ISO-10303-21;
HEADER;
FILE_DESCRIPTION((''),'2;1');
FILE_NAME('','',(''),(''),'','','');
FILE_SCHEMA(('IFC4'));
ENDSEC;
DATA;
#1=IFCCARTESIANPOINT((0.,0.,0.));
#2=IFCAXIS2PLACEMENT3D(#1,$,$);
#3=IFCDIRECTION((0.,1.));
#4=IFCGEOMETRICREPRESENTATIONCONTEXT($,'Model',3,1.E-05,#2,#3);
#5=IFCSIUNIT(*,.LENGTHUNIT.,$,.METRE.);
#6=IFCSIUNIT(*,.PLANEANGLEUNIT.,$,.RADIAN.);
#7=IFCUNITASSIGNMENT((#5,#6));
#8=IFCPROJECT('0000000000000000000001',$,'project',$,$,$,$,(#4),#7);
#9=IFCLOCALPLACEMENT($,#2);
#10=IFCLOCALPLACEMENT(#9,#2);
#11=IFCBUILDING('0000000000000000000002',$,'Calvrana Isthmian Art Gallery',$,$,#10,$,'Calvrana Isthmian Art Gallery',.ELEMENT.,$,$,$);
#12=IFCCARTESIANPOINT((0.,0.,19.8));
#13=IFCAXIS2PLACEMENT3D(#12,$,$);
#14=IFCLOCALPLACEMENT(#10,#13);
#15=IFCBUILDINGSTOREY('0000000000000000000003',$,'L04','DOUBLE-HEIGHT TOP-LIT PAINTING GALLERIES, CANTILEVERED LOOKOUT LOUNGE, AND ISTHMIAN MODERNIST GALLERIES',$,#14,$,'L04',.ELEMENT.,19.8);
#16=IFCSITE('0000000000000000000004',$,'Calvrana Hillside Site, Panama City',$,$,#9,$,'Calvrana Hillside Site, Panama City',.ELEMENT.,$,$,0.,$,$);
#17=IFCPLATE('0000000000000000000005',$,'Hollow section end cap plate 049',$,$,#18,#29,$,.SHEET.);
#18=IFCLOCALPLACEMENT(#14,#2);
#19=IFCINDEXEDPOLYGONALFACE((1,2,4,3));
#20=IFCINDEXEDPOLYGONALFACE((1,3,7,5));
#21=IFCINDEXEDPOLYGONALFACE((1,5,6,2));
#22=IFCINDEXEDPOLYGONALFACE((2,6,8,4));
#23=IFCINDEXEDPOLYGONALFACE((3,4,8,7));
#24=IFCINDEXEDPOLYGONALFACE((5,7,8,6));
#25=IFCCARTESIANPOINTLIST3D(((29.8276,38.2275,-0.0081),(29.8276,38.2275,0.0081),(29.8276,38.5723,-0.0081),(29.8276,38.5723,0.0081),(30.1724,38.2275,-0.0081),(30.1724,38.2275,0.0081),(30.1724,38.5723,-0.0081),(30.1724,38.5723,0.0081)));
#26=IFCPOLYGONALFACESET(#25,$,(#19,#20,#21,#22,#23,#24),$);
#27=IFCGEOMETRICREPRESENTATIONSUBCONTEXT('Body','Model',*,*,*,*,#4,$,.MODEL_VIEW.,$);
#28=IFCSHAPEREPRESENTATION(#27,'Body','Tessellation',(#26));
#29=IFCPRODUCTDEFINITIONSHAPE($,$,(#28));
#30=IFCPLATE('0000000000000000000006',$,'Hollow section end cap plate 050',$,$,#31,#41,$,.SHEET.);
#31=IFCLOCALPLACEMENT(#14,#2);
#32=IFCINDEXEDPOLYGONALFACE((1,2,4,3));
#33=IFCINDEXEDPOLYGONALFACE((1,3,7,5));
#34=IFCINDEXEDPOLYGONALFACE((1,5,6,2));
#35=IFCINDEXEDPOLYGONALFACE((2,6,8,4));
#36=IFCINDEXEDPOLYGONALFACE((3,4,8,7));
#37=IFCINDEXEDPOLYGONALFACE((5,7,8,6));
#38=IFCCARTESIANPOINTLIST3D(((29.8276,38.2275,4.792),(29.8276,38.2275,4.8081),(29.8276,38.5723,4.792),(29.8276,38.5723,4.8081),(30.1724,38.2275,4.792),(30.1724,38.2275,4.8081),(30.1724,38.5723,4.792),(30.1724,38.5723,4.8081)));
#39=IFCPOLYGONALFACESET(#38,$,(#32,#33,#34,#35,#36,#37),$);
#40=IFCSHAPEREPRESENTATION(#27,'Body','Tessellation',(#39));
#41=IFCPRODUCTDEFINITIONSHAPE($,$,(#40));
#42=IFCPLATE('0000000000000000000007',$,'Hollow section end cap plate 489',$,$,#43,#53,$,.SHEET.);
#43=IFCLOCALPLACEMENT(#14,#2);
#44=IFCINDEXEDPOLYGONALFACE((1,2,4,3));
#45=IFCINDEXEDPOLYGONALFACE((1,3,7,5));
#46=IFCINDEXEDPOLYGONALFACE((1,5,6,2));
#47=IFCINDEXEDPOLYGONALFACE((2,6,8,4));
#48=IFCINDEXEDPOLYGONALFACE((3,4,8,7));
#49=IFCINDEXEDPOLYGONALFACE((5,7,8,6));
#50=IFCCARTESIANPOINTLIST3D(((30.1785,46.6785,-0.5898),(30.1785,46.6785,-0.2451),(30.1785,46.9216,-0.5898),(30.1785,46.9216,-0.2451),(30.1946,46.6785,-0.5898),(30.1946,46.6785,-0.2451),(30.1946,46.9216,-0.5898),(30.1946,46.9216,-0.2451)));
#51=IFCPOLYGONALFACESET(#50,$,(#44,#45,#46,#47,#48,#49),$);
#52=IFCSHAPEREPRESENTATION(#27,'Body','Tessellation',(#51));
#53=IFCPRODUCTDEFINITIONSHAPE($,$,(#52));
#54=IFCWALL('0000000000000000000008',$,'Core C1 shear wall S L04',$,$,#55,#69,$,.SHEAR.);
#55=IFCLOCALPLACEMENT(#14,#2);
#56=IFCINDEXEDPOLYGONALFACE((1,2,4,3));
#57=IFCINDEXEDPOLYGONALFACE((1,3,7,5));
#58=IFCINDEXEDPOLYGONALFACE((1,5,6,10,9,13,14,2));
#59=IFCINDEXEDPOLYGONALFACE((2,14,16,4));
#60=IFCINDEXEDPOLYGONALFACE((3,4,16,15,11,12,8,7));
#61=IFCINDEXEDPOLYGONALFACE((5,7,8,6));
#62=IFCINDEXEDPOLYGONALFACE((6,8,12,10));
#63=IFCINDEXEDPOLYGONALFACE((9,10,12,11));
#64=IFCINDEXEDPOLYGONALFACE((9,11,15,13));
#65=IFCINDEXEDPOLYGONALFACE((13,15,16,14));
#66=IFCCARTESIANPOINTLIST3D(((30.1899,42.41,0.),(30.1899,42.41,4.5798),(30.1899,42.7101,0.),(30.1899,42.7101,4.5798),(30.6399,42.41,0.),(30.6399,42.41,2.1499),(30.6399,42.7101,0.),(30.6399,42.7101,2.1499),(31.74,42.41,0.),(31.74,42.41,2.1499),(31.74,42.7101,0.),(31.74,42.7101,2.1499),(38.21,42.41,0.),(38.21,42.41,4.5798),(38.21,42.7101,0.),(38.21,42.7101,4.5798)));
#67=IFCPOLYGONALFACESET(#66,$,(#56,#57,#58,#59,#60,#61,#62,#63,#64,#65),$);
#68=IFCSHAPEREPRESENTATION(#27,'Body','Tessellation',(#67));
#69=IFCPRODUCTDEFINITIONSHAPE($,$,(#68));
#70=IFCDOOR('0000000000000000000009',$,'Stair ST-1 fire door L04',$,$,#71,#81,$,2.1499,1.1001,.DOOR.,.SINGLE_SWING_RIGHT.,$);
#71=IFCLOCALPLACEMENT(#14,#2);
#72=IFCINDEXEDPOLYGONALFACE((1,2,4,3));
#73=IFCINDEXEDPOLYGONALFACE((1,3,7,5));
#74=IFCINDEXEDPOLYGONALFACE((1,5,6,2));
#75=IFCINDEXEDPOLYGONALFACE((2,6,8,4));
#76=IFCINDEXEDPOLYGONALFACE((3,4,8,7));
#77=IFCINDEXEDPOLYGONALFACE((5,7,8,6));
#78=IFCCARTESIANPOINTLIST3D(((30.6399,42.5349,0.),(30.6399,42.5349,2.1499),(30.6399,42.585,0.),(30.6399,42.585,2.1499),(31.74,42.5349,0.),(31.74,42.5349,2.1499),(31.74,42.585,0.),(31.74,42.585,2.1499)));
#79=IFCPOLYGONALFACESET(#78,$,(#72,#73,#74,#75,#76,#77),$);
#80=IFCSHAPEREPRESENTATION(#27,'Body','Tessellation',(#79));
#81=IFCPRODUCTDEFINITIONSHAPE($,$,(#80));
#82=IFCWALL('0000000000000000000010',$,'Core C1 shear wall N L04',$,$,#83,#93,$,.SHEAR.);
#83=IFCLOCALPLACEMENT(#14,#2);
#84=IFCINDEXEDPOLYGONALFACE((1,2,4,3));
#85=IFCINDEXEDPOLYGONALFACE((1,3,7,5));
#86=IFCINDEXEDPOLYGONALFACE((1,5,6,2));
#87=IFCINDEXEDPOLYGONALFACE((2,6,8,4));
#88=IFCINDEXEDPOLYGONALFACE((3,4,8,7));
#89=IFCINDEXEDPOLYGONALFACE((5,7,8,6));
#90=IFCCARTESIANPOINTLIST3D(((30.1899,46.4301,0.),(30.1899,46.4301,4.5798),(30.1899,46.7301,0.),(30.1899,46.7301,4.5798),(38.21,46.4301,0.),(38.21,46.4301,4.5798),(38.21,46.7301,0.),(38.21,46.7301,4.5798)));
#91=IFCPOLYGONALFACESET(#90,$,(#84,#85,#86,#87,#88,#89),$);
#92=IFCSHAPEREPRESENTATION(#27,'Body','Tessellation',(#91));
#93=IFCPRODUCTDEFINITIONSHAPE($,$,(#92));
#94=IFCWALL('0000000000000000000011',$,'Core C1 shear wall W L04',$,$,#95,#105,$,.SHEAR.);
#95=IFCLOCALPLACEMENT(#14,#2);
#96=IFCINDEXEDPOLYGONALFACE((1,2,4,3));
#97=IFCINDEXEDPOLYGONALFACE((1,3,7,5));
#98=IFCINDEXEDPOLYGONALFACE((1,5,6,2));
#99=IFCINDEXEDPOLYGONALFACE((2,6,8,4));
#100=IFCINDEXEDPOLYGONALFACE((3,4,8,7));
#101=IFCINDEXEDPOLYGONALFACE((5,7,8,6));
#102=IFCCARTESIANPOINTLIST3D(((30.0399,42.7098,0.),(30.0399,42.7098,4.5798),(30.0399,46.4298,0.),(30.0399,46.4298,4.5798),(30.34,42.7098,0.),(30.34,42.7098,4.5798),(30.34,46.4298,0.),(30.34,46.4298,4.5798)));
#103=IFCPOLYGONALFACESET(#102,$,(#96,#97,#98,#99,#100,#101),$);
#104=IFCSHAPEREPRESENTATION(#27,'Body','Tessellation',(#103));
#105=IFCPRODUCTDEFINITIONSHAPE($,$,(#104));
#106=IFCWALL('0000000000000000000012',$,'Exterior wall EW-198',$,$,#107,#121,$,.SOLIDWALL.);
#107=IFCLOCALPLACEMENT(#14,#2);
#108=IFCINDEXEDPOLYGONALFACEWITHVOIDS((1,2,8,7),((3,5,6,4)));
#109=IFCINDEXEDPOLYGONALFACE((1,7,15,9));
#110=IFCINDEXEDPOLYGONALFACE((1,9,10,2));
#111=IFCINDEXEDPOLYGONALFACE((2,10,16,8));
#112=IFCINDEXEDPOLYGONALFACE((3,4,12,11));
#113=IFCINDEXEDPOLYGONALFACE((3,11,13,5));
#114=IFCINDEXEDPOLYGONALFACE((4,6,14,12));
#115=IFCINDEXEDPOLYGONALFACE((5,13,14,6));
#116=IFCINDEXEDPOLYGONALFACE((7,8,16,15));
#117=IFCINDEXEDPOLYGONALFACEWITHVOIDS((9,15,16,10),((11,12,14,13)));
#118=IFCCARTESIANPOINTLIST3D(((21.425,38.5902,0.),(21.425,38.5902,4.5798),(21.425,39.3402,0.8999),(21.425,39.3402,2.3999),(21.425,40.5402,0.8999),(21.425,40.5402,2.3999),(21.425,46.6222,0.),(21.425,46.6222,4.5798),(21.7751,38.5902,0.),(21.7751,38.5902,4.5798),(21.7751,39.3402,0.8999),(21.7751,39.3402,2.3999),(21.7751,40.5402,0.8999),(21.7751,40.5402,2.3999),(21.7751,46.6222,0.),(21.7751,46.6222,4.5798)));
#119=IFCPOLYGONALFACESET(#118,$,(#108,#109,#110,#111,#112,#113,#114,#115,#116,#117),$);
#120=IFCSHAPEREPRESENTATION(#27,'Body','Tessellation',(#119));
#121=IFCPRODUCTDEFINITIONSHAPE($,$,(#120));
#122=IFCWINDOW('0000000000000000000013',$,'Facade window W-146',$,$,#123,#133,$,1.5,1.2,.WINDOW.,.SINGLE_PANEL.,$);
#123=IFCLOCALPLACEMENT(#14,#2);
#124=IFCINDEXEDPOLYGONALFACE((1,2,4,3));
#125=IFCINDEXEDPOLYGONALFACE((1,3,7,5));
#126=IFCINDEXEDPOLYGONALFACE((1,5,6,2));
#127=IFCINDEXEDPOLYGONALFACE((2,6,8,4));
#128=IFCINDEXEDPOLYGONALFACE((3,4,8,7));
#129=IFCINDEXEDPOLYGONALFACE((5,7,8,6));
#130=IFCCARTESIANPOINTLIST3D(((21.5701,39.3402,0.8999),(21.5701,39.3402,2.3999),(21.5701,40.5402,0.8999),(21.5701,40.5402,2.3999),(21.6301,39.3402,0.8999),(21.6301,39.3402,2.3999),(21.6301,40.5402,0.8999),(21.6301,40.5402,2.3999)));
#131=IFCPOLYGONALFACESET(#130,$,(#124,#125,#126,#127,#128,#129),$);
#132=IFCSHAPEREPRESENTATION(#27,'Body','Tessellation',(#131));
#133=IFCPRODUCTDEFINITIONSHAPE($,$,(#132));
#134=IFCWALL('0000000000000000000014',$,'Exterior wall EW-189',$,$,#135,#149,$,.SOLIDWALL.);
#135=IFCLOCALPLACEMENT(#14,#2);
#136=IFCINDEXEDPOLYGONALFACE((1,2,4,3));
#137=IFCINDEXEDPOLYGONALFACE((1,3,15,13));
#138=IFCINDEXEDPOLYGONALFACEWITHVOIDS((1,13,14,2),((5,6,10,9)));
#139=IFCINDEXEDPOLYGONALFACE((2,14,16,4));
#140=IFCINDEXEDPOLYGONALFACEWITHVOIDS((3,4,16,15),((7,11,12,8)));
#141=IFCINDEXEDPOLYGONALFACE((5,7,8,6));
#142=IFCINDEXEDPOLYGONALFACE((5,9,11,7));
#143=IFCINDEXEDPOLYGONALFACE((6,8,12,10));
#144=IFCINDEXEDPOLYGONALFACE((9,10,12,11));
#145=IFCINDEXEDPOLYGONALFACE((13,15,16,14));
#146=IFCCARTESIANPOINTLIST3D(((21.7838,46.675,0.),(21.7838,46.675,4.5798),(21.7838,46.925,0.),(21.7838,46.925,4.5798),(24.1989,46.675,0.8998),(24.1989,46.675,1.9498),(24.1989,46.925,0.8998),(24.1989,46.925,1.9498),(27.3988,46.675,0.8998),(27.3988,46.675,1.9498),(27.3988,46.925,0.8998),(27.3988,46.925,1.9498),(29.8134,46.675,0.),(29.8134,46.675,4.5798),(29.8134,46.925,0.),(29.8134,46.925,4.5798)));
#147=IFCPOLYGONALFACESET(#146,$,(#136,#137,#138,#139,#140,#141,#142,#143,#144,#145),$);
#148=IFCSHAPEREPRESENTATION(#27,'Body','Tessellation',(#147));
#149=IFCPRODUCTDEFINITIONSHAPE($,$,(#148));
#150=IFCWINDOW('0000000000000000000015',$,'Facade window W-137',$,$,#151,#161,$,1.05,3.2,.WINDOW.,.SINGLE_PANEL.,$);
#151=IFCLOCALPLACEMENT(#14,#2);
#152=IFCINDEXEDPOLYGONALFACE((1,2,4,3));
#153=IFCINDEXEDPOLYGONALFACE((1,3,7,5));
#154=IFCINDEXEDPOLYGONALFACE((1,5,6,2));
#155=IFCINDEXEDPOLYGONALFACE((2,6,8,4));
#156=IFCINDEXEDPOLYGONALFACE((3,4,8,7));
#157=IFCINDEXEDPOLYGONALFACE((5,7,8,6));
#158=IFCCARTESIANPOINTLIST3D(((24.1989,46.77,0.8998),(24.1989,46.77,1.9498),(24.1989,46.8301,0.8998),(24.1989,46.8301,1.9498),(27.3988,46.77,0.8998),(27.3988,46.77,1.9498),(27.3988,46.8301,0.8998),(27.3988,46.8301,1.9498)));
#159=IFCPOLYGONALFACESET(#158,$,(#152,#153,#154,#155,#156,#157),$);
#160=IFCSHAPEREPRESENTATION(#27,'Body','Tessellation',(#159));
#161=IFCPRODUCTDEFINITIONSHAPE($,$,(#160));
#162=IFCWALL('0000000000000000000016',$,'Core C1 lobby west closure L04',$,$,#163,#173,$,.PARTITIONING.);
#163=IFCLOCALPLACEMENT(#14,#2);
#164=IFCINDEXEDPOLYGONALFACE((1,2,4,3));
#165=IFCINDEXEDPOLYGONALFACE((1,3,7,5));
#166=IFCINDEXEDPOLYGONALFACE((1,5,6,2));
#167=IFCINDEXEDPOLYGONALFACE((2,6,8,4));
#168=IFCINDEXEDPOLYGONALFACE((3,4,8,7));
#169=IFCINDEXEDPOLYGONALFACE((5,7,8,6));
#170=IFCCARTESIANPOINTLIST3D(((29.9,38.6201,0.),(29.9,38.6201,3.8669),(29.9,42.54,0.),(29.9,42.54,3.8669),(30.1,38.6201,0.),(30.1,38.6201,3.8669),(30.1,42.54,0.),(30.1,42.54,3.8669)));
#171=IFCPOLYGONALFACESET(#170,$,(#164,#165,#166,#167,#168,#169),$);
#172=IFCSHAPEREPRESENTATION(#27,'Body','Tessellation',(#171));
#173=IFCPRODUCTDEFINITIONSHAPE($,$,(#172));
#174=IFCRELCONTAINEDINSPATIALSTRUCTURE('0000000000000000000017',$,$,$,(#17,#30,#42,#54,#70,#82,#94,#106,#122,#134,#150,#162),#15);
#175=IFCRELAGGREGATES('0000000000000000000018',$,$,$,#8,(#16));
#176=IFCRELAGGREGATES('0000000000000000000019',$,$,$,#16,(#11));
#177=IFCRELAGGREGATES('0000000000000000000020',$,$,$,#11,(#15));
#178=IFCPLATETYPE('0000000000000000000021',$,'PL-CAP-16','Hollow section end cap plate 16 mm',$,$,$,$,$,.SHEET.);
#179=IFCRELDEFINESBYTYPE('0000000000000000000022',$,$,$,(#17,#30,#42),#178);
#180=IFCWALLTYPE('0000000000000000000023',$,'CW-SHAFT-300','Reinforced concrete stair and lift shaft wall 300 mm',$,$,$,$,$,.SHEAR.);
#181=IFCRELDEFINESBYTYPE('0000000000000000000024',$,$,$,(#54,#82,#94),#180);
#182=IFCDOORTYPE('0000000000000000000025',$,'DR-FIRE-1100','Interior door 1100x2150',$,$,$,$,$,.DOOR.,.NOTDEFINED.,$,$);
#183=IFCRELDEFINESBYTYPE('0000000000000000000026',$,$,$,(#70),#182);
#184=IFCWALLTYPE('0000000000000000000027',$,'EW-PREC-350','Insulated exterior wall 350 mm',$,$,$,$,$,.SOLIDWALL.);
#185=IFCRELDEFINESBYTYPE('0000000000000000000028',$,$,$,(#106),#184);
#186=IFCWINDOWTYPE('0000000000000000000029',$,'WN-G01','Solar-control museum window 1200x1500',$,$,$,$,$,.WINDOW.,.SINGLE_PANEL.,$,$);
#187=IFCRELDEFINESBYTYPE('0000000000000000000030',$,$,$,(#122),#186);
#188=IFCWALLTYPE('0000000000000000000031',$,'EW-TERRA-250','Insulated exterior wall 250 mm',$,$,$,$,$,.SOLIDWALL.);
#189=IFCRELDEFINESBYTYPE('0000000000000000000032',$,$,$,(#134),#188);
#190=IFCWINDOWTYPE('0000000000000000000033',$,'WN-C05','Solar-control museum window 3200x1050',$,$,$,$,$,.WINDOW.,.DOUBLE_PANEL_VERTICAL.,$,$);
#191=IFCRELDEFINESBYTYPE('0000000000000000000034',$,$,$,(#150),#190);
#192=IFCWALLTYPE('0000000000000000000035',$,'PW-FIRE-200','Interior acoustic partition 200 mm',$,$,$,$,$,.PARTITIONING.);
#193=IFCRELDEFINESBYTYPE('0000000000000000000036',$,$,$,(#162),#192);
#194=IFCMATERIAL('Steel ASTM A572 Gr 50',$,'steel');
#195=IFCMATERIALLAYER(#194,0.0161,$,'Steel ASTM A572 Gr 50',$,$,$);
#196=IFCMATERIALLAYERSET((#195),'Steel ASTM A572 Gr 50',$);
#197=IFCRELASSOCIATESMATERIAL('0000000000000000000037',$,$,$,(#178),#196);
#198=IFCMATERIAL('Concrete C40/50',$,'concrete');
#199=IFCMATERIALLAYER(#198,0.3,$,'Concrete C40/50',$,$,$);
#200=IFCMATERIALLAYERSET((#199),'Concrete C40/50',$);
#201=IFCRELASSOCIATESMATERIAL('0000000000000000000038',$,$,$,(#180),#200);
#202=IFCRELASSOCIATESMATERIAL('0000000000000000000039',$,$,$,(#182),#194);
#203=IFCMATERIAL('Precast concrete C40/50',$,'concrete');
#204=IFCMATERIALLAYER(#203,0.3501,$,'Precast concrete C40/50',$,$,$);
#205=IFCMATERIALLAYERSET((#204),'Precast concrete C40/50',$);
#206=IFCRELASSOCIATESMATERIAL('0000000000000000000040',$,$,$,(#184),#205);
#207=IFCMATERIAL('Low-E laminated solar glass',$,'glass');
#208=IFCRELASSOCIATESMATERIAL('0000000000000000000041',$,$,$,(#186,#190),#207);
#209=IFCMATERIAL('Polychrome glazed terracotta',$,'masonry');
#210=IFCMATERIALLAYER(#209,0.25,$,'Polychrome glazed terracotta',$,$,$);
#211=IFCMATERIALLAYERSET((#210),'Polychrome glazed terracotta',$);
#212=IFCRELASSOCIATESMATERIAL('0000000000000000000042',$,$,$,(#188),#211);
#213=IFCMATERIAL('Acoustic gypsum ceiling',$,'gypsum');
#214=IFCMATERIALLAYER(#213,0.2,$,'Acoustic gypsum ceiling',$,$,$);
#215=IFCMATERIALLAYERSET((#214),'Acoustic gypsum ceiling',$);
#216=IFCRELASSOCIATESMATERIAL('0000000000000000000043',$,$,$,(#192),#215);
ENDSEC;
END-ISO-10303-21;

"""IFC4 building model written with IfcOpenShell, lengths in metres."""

from ifc_helpers import new_model, si_unit, direction, frame, frame_2d, origin, origin_2d, place, context, subcontext, project, spatial, rectangle, extrude, material, layer, layer_set, type_object, element, fill, save


model = new_model("IFC4")

# Units and contexts
model_context = context("Model", 3, precision=1e-05, world=origin(), true_north=direction((0.0, 1.0)))
body_context = subcontext(model_context, "Body", "Model", "MODEL_VIEW")
ifc_project = project(units=[si_unit("LENGTHUNIT", "METRE"), si_unit("PLANEANGLEUNIT", "RADIAN")], contexts=[model_context])

# Site, building, storey
site_placement = place(None, origin())
site = spatial("IfcSite", under=ifc_project, at=site_placement, Name="Calvrana Hillside Site, Panama City", LongName="Calvrana Hillside Site, Panama City", CompositionType="ELEMENT", RefElevation=0.0)
building_placement = place(site_placement, origin())
building = spatial("IfcBuilding", under=site, at=building_placement, Name="Calvrana Isthmian Art Gallery", LongName="Calvrana Isthmian Art Gallery", CompositionType="ELEMENT")
storey_placement = place(building_placement, frame((0.0, 0.0, 19.8)))
storey = spatial("IfcBuildingStorey", under=building, at=storey_placement, Name="L04", Description="DOUBLE-HEIGHT TOP-LIT PAINTING GALLERIES, CANTILEVERED LOOKOUT LOUNGE, AND ISTHMIAN MODERNIST GALLERIES", LongName="L04", CompositionType="ELEMENT", Elevation=19.8)

# Plates
ifc_material_1 = material(Name="Steel ASTM A572 Gr 50", Category="steel")
ifc_layer_1 = layer(ifc_material_1, 0.0161, Name="Steel ASTM A572 Gr 50")
ifc_layer_set_1 = layer_set([ifc_layer_1], Name="Steel ASTM A572 Gr 50")
plate_type = type_object("IfcPlateType", Name="PL-CAP-16", Description="Hollow section end cap plate 16 mm", PredefinedType="SHEET", material=ifc_layer_set_1)
for number, where, z_axis, x_axis, name in (
    (1, (30.0, 38.3999, -0.0081), (0.0, 0.0, 1.0), (1.0, 0.0, 0.0), "Hollow section end cap plate 049"),
    (2, (30.0, 38.3999, 4.792), (0.0, 0.0, 1.0), (1.0, 0.0, 0.0), "Hollow section end cap plate 050"),
):
    element("IfcPlate", number, at=place(storey_placement, frame(where, z_axis=z_axis, x_axis=x_axis)), inside=storey, type_object=plate_type, Name=name, PredefinedType="SHEET", context=body_context, shape_type="SweptSolid", body=[
        extrude(rectangle(XDim=0.3447, YDim=0.3447, at=origin_2d()), origin(), (0.0, 0.0, 1.0), 0.0161),
    ])
plate_placement = place(storey_placement, frame((30.1865, 46.8, -0.5898), z_axis=(0.0, 0.0, 1.0), x_axis=(1.0, 0.0, 0.0)))
element("IfcPlate", 3, at=plate_placement, inside=storey, type_object=plate_type, Name="Hollow section end cap plate 489", PredefinedType="SHEET", context=body_context, shape_type="SweptSolid", body=[
    extrude(rectangle(XDim=0.0161, YDim=0.2432, at=origin_2d()), origin(), (0.0, 0.0, 1.0), 0.3447),
])

# Wall, opening, door
ifc_material_2 = material(Name="Concrete C40/50", Category="concrete")
ifc_layer_2 = layer(ifc_material_2, 0.3, Name="Concrete C40/50")
ifc_layer_set_2 = layer_set([ifc_layer_2], Name="Concrete C40/50")
wall_type_1 = type_object("IfcWallType", Name="CW-SHAFT-300", Description="Reinforced concrete stair and lift shaft wall 300 mm", PredefinedType="SHEAR", material=ifc_layer_set_2)
wall_1_placement = place(storey_placement, frame((30.1899, 42.5601, 0.0), z_axis=(0.0, 0.0, 1.0), x_axis=(1.0, 0.0, 0.0)))
wall_1 = element("IfcWall", 4, at=wall_1_placement, inside=storey, type_object=wall_type_1, Name="Core C1 shear wall S L04", PredefinedType="SHEAR", context=body_context, shape_type="SweptSolid", body=[
    extrude(rectangle(XDim=8.02, YDim=0.3, at=frame_2d((4.01, 0.0))), origin(), (0.0, 0.0, 1.0), 4.5798),
])
opening_1_placement = place(wall_1_placement, frame((0.45, 0.0, 0.0)))
opening_1 = element("IfcOpeningElement", 5, at=opening_1_placement, cuts=wall_1, PredefinedType="OPENING", context=body_context, shape_type="SweptSolid", body=[
    extrude(rectangle(XDim=1.1001, YDim=2.1499, at=frame_2d((0.55, 1.075))), frame((0.0, 0.1602, 0.0), z_axis=(0.0, -1.0, 0.0), x_axis=(1.0, 0.0, 0.0)), (0.0, 0.0, 1.0), 0.3206),
])
door_type_1 = type_object("IfcDoorType", Name="DR-FIRE-1100", Description="Interior door 1100x2150", OperationType="NOTDEFINED", PredefinedType="DOOR", material=ifc_material_1)
door_1_placement = place(opening_1_placement, origin())
door_1 = element("IfcDoor", 6, at=door_1_placement, inside=storey, type_object=door_type_1, Name="Stair ST-1 fire door L04", OperationType="SINGLE_SWING_RIGHT", OverallHeight=2.1499, OverallWidth=1.1001, PredefinedType="DOOR", context=body_context, shape_type="SweptSolid", body=[
    extrude(rectangle(XDim=1.1001, YDim=2.1499, at=frame_2d((0.55, 1.075))), frame((0.0, 0.0249, 0.0), z_axis=(0.0, -1.0, 0.0), x_axis=(1.0, 0.0, 0.0)), (0.0, 0.0, 1.0), 0.05),
])
fill(opening_1, door_1)

# Walls
wall_2_placement = place(storey_placement, frame((30.1899, 46.5801, 0.0), z_axis=(0.0, 0.0, 1.0), x_axis=(1.0, 0.0, 0.0)))
element("IfcWall", 7, at=wall_2_placement, inside=storey, type_object=wall_type_1, Name="Core C1 shear wall N L04", PredefinedType="SHEAR", context=body_context, shape_type="SweptSolid", body=[
    extrude(rectangle(XDim=8.02, YDim=0.3, at=frame_2d((4.01, 0.0))), origin(), (0.0, 0.0, 1.0), 4.5798),
])
wall_3_placement = place(storey_placement, frame((30.1899, 42.71, 0.0), z_axis=(0.0, 0.0, 1.0), x_axis=(0.0, 1.0, 0.0)))
element("IfcWall", 8, at=wall_3_placement, inside=storey, type_object=wall_type_1, Name="Core C1 shear wall W L04", PredefinedType="SHEAR", context=body_context, shape_type="SweptSolid", body=[
    extrude(rectangle(XDim=3.72, YDim=0.3, at=frame_2d((1.8599, 0.0))), origin(), (0.0, 0.0, 1.0), 4.5798),
])

# Walls, openings, windows
ifc_material_3 = material(Name="Precast concrete C40/50", Category="concrete")
ifc_layer_3 = layer(ifc_material_3, 0.3501, Name="Precast concrete C40/50")
ifc_layer_set_3 = layer_set([ifc_layer_3], Name="Precast concrete C40/50")
wall_type_2 = type_object("IfcWallType", Name="EW-PREC-350", Description="Insulated exterior wall 350 mm", PredefinedType="SOLIDWALL", material=ifc_layer_set_3)
wall_4_placement = place(storey_placement, frame((21.6001, 38.5901, 0.0), z_axis=(0.0, 0.0, 1.0), x_axis=(0.0, 1.0, 0.0)))
wall_4 = element("IfcWall", 9, at=wall_4_placement, inside=storey, type_object=wall_type_2, Name="Exterior wall EW-198", PredefinedType="SOLIDWALL", context=body_context, shape_type="SweptSolid", body=[
    extrude(rectangle(XDim=8.032, YDim=0.3501, at=frame_2d((4.0161, 0.0))), origin(), (0.0, 0.0, 1.0), 4.5798),
])
opening_2_placement = place(wall_4_placement, frame((0.75, 0.0, 0.8999)))
opening_2 = element("IfcOpeningElement", 10, at=opening_2_placement, cuts=wall_4, PredefinedType="OPENING", context=body_context, shape_type="SweptSolid", body=[
    extrude(rectangle(XDim=1.2, YDim=1.5, at=frame_2d((0.6001, 0.75))), frame((0.0, 0.1853, 0.0), z_axis=(0.0, -1.0, 0.0), x_axis=(1.0, 0.0, 0.0)), (0.0, 0.0, 1.0), 0.3706),
])
ifc_material_4 = material(Name="Low-E laminated solar glass", Category="glass")
window_type_1 = type_object("IfcWindowType", Name="WN-G01", Description="Solar-control museum window 1200x1500", PartitioningType="SINGLE_PANEL", PredefinedType="WINDOW", material=ifc_material_4)
window_1_placement = place(opening_2_placement, origin())
window_1 = element("IfcWindow", 11, at=window_1_placement, inside=storey, type_object=window_type_1, Name="Facade window W-146", OverallHeight=1.5, OverallWidth=1.2, PartitioningType="SINGLE_PANEL", PredefinedType="WINDOW", context=body_context, shape_type="SweptSolid", body=[
    extrude(rectangle(XDim=1.2, YDim=1.5, at=frame_2d((0.6001, 0.75))), frame((0.0, 0.03, 0.0), z_axis=(0.0, -1.0, 0.0), x_axis=(1.0, 0.0, 0.0)), (0.0, 0.0, 1.0), 0.0601),
])
fill(opening_2, window_1)
ifc_material_5 = material(Name="Polychrome glazed terracotta", Category="masonry")
ifc_layer_4 = layer(ifc_material_5, 0.25, Name="Polychrome glazed terracotta")
ifc_layer_set_4 = layer_set([ifc_layer_4], Name="Polychrome glazed terracotta")
wall_type_3 = type_object("IfcWallType", Name="EW-TERRA-250", Description="Insulated exterior wall 250 mm", PredefinedType="SOLIDWALL", material=ifc_layer_set_4)
wall_5_placement = place(storey_placement, frame((21.7839, 46.8, 0.0), z_axis=(0.0, 0.0, 1.0), x_axis=(1.0, 0.0, 0.0)))
wall_5 = element("IfcWall", 12, at=wall_5_placement, inside=storey, type_object=wall_type_3, Name="Exterior wall EW-189", PredefinedType="SOLIDWALL", context=body_context, shape_type="SweptSolid", body=[
    extrude(rectangle(XDim=8.0295, YDim=0.25, at=frame_2d((4.0146, 0.0))), origin(), (0.0, 0.0, 1.0), 4.5798),
])
opening_3_placement = place(wall_5_placement, frame((2.4148, 0.0, 0.8999)))
opening_3 = element("IfcOpeningElement", 13, at=opening_3_placement, cuts=wall_5, PredefinedType="OPENING", context=body_context, shape_type="SweptSolid", body=[
    extrude(rectangle(XDim=3.2, YDim=1.05, at=frame_2d((1.6001, 0.5249))), frame((0.0, 0.1353, 0.0), z_axis=(0.0, -1.0, 0.0), x_axis=(1.0, 0.0, 0.0)), (0.0, 0.0, 1.0), 0.2705),
])
window_type_2 = type_object("IfcWindowType", Name="WN-C05", Description="Solar-control museum window 3200x1050", PartitioningType="DOUBLE_PANEL_VERTICAL", PredefinedType="WINDOW", material=ifc_material_4)
window_2_placement = place(opening_3_placement, origin())
window_2 = element("IfcWindow", 14, at=window_2_placement, inside=storey, type_object=window_type_2, Name="Facade window W-137", OverallHeight=1.05, OverallWidth=3.2, PartitioningType="SINGLE_PANEL", PredefinedType="WINDOW", context=body_context, shape_type="SweptSolid", body=[
    extrude(rectangle(XDim=3.2, YDim=1.05, at=frame_2d((1.6001, 0.5249))), frame((0.0, 0.03, 0.0), z_axis=(0.0, -1.0, 0.0), x_axis=(1.0, 0.0, 0.0)), (0.0, 0.0, 1.0), 0.0601),
])
fill(opening_3, window_2)

# Wall
ifc_material_6 = material(Name="Acoustic gypsum ceiling", Category="gypsum")
ifc_layer_5 = layer(ifc_material_6, 0.2, Name="Acoustic gypsum ceiling")
ifc_layer_set_5 = layer_set([ifc_layer_5], Name="Acoustic gypsum ceiling")
wall_type_4 = type_object("IfcWallType", Name="PW-FIRE-200", Description="Interior acoustic partition 200 mm", PredefinedType="PARTITIONING", material=ifc_layer_set_5)
wall_6_placement = place(storey_placement, frame((30.0, 38.6201, 0.0), z_axis=(0.0, 0.0, 1.0), x_axis=(0.0, 1.0, 0.0)))
element("IfcWall", 15, at=wall_6_placement, inside=storey, type_object=wall_type_4, Name="Core C1 lobby west closure L04", PredefinedType="PARTITIONING", context=body_context, shape_type="SweptSolid", body=[
    extrude(rectangle(XDim=3.9199, YDim=0.2, at=frame_2d((1.96, 0.0))), origin(), (0.0, 0.0, 1.0), 3.8669),
])

save(model, "model.ifc")
